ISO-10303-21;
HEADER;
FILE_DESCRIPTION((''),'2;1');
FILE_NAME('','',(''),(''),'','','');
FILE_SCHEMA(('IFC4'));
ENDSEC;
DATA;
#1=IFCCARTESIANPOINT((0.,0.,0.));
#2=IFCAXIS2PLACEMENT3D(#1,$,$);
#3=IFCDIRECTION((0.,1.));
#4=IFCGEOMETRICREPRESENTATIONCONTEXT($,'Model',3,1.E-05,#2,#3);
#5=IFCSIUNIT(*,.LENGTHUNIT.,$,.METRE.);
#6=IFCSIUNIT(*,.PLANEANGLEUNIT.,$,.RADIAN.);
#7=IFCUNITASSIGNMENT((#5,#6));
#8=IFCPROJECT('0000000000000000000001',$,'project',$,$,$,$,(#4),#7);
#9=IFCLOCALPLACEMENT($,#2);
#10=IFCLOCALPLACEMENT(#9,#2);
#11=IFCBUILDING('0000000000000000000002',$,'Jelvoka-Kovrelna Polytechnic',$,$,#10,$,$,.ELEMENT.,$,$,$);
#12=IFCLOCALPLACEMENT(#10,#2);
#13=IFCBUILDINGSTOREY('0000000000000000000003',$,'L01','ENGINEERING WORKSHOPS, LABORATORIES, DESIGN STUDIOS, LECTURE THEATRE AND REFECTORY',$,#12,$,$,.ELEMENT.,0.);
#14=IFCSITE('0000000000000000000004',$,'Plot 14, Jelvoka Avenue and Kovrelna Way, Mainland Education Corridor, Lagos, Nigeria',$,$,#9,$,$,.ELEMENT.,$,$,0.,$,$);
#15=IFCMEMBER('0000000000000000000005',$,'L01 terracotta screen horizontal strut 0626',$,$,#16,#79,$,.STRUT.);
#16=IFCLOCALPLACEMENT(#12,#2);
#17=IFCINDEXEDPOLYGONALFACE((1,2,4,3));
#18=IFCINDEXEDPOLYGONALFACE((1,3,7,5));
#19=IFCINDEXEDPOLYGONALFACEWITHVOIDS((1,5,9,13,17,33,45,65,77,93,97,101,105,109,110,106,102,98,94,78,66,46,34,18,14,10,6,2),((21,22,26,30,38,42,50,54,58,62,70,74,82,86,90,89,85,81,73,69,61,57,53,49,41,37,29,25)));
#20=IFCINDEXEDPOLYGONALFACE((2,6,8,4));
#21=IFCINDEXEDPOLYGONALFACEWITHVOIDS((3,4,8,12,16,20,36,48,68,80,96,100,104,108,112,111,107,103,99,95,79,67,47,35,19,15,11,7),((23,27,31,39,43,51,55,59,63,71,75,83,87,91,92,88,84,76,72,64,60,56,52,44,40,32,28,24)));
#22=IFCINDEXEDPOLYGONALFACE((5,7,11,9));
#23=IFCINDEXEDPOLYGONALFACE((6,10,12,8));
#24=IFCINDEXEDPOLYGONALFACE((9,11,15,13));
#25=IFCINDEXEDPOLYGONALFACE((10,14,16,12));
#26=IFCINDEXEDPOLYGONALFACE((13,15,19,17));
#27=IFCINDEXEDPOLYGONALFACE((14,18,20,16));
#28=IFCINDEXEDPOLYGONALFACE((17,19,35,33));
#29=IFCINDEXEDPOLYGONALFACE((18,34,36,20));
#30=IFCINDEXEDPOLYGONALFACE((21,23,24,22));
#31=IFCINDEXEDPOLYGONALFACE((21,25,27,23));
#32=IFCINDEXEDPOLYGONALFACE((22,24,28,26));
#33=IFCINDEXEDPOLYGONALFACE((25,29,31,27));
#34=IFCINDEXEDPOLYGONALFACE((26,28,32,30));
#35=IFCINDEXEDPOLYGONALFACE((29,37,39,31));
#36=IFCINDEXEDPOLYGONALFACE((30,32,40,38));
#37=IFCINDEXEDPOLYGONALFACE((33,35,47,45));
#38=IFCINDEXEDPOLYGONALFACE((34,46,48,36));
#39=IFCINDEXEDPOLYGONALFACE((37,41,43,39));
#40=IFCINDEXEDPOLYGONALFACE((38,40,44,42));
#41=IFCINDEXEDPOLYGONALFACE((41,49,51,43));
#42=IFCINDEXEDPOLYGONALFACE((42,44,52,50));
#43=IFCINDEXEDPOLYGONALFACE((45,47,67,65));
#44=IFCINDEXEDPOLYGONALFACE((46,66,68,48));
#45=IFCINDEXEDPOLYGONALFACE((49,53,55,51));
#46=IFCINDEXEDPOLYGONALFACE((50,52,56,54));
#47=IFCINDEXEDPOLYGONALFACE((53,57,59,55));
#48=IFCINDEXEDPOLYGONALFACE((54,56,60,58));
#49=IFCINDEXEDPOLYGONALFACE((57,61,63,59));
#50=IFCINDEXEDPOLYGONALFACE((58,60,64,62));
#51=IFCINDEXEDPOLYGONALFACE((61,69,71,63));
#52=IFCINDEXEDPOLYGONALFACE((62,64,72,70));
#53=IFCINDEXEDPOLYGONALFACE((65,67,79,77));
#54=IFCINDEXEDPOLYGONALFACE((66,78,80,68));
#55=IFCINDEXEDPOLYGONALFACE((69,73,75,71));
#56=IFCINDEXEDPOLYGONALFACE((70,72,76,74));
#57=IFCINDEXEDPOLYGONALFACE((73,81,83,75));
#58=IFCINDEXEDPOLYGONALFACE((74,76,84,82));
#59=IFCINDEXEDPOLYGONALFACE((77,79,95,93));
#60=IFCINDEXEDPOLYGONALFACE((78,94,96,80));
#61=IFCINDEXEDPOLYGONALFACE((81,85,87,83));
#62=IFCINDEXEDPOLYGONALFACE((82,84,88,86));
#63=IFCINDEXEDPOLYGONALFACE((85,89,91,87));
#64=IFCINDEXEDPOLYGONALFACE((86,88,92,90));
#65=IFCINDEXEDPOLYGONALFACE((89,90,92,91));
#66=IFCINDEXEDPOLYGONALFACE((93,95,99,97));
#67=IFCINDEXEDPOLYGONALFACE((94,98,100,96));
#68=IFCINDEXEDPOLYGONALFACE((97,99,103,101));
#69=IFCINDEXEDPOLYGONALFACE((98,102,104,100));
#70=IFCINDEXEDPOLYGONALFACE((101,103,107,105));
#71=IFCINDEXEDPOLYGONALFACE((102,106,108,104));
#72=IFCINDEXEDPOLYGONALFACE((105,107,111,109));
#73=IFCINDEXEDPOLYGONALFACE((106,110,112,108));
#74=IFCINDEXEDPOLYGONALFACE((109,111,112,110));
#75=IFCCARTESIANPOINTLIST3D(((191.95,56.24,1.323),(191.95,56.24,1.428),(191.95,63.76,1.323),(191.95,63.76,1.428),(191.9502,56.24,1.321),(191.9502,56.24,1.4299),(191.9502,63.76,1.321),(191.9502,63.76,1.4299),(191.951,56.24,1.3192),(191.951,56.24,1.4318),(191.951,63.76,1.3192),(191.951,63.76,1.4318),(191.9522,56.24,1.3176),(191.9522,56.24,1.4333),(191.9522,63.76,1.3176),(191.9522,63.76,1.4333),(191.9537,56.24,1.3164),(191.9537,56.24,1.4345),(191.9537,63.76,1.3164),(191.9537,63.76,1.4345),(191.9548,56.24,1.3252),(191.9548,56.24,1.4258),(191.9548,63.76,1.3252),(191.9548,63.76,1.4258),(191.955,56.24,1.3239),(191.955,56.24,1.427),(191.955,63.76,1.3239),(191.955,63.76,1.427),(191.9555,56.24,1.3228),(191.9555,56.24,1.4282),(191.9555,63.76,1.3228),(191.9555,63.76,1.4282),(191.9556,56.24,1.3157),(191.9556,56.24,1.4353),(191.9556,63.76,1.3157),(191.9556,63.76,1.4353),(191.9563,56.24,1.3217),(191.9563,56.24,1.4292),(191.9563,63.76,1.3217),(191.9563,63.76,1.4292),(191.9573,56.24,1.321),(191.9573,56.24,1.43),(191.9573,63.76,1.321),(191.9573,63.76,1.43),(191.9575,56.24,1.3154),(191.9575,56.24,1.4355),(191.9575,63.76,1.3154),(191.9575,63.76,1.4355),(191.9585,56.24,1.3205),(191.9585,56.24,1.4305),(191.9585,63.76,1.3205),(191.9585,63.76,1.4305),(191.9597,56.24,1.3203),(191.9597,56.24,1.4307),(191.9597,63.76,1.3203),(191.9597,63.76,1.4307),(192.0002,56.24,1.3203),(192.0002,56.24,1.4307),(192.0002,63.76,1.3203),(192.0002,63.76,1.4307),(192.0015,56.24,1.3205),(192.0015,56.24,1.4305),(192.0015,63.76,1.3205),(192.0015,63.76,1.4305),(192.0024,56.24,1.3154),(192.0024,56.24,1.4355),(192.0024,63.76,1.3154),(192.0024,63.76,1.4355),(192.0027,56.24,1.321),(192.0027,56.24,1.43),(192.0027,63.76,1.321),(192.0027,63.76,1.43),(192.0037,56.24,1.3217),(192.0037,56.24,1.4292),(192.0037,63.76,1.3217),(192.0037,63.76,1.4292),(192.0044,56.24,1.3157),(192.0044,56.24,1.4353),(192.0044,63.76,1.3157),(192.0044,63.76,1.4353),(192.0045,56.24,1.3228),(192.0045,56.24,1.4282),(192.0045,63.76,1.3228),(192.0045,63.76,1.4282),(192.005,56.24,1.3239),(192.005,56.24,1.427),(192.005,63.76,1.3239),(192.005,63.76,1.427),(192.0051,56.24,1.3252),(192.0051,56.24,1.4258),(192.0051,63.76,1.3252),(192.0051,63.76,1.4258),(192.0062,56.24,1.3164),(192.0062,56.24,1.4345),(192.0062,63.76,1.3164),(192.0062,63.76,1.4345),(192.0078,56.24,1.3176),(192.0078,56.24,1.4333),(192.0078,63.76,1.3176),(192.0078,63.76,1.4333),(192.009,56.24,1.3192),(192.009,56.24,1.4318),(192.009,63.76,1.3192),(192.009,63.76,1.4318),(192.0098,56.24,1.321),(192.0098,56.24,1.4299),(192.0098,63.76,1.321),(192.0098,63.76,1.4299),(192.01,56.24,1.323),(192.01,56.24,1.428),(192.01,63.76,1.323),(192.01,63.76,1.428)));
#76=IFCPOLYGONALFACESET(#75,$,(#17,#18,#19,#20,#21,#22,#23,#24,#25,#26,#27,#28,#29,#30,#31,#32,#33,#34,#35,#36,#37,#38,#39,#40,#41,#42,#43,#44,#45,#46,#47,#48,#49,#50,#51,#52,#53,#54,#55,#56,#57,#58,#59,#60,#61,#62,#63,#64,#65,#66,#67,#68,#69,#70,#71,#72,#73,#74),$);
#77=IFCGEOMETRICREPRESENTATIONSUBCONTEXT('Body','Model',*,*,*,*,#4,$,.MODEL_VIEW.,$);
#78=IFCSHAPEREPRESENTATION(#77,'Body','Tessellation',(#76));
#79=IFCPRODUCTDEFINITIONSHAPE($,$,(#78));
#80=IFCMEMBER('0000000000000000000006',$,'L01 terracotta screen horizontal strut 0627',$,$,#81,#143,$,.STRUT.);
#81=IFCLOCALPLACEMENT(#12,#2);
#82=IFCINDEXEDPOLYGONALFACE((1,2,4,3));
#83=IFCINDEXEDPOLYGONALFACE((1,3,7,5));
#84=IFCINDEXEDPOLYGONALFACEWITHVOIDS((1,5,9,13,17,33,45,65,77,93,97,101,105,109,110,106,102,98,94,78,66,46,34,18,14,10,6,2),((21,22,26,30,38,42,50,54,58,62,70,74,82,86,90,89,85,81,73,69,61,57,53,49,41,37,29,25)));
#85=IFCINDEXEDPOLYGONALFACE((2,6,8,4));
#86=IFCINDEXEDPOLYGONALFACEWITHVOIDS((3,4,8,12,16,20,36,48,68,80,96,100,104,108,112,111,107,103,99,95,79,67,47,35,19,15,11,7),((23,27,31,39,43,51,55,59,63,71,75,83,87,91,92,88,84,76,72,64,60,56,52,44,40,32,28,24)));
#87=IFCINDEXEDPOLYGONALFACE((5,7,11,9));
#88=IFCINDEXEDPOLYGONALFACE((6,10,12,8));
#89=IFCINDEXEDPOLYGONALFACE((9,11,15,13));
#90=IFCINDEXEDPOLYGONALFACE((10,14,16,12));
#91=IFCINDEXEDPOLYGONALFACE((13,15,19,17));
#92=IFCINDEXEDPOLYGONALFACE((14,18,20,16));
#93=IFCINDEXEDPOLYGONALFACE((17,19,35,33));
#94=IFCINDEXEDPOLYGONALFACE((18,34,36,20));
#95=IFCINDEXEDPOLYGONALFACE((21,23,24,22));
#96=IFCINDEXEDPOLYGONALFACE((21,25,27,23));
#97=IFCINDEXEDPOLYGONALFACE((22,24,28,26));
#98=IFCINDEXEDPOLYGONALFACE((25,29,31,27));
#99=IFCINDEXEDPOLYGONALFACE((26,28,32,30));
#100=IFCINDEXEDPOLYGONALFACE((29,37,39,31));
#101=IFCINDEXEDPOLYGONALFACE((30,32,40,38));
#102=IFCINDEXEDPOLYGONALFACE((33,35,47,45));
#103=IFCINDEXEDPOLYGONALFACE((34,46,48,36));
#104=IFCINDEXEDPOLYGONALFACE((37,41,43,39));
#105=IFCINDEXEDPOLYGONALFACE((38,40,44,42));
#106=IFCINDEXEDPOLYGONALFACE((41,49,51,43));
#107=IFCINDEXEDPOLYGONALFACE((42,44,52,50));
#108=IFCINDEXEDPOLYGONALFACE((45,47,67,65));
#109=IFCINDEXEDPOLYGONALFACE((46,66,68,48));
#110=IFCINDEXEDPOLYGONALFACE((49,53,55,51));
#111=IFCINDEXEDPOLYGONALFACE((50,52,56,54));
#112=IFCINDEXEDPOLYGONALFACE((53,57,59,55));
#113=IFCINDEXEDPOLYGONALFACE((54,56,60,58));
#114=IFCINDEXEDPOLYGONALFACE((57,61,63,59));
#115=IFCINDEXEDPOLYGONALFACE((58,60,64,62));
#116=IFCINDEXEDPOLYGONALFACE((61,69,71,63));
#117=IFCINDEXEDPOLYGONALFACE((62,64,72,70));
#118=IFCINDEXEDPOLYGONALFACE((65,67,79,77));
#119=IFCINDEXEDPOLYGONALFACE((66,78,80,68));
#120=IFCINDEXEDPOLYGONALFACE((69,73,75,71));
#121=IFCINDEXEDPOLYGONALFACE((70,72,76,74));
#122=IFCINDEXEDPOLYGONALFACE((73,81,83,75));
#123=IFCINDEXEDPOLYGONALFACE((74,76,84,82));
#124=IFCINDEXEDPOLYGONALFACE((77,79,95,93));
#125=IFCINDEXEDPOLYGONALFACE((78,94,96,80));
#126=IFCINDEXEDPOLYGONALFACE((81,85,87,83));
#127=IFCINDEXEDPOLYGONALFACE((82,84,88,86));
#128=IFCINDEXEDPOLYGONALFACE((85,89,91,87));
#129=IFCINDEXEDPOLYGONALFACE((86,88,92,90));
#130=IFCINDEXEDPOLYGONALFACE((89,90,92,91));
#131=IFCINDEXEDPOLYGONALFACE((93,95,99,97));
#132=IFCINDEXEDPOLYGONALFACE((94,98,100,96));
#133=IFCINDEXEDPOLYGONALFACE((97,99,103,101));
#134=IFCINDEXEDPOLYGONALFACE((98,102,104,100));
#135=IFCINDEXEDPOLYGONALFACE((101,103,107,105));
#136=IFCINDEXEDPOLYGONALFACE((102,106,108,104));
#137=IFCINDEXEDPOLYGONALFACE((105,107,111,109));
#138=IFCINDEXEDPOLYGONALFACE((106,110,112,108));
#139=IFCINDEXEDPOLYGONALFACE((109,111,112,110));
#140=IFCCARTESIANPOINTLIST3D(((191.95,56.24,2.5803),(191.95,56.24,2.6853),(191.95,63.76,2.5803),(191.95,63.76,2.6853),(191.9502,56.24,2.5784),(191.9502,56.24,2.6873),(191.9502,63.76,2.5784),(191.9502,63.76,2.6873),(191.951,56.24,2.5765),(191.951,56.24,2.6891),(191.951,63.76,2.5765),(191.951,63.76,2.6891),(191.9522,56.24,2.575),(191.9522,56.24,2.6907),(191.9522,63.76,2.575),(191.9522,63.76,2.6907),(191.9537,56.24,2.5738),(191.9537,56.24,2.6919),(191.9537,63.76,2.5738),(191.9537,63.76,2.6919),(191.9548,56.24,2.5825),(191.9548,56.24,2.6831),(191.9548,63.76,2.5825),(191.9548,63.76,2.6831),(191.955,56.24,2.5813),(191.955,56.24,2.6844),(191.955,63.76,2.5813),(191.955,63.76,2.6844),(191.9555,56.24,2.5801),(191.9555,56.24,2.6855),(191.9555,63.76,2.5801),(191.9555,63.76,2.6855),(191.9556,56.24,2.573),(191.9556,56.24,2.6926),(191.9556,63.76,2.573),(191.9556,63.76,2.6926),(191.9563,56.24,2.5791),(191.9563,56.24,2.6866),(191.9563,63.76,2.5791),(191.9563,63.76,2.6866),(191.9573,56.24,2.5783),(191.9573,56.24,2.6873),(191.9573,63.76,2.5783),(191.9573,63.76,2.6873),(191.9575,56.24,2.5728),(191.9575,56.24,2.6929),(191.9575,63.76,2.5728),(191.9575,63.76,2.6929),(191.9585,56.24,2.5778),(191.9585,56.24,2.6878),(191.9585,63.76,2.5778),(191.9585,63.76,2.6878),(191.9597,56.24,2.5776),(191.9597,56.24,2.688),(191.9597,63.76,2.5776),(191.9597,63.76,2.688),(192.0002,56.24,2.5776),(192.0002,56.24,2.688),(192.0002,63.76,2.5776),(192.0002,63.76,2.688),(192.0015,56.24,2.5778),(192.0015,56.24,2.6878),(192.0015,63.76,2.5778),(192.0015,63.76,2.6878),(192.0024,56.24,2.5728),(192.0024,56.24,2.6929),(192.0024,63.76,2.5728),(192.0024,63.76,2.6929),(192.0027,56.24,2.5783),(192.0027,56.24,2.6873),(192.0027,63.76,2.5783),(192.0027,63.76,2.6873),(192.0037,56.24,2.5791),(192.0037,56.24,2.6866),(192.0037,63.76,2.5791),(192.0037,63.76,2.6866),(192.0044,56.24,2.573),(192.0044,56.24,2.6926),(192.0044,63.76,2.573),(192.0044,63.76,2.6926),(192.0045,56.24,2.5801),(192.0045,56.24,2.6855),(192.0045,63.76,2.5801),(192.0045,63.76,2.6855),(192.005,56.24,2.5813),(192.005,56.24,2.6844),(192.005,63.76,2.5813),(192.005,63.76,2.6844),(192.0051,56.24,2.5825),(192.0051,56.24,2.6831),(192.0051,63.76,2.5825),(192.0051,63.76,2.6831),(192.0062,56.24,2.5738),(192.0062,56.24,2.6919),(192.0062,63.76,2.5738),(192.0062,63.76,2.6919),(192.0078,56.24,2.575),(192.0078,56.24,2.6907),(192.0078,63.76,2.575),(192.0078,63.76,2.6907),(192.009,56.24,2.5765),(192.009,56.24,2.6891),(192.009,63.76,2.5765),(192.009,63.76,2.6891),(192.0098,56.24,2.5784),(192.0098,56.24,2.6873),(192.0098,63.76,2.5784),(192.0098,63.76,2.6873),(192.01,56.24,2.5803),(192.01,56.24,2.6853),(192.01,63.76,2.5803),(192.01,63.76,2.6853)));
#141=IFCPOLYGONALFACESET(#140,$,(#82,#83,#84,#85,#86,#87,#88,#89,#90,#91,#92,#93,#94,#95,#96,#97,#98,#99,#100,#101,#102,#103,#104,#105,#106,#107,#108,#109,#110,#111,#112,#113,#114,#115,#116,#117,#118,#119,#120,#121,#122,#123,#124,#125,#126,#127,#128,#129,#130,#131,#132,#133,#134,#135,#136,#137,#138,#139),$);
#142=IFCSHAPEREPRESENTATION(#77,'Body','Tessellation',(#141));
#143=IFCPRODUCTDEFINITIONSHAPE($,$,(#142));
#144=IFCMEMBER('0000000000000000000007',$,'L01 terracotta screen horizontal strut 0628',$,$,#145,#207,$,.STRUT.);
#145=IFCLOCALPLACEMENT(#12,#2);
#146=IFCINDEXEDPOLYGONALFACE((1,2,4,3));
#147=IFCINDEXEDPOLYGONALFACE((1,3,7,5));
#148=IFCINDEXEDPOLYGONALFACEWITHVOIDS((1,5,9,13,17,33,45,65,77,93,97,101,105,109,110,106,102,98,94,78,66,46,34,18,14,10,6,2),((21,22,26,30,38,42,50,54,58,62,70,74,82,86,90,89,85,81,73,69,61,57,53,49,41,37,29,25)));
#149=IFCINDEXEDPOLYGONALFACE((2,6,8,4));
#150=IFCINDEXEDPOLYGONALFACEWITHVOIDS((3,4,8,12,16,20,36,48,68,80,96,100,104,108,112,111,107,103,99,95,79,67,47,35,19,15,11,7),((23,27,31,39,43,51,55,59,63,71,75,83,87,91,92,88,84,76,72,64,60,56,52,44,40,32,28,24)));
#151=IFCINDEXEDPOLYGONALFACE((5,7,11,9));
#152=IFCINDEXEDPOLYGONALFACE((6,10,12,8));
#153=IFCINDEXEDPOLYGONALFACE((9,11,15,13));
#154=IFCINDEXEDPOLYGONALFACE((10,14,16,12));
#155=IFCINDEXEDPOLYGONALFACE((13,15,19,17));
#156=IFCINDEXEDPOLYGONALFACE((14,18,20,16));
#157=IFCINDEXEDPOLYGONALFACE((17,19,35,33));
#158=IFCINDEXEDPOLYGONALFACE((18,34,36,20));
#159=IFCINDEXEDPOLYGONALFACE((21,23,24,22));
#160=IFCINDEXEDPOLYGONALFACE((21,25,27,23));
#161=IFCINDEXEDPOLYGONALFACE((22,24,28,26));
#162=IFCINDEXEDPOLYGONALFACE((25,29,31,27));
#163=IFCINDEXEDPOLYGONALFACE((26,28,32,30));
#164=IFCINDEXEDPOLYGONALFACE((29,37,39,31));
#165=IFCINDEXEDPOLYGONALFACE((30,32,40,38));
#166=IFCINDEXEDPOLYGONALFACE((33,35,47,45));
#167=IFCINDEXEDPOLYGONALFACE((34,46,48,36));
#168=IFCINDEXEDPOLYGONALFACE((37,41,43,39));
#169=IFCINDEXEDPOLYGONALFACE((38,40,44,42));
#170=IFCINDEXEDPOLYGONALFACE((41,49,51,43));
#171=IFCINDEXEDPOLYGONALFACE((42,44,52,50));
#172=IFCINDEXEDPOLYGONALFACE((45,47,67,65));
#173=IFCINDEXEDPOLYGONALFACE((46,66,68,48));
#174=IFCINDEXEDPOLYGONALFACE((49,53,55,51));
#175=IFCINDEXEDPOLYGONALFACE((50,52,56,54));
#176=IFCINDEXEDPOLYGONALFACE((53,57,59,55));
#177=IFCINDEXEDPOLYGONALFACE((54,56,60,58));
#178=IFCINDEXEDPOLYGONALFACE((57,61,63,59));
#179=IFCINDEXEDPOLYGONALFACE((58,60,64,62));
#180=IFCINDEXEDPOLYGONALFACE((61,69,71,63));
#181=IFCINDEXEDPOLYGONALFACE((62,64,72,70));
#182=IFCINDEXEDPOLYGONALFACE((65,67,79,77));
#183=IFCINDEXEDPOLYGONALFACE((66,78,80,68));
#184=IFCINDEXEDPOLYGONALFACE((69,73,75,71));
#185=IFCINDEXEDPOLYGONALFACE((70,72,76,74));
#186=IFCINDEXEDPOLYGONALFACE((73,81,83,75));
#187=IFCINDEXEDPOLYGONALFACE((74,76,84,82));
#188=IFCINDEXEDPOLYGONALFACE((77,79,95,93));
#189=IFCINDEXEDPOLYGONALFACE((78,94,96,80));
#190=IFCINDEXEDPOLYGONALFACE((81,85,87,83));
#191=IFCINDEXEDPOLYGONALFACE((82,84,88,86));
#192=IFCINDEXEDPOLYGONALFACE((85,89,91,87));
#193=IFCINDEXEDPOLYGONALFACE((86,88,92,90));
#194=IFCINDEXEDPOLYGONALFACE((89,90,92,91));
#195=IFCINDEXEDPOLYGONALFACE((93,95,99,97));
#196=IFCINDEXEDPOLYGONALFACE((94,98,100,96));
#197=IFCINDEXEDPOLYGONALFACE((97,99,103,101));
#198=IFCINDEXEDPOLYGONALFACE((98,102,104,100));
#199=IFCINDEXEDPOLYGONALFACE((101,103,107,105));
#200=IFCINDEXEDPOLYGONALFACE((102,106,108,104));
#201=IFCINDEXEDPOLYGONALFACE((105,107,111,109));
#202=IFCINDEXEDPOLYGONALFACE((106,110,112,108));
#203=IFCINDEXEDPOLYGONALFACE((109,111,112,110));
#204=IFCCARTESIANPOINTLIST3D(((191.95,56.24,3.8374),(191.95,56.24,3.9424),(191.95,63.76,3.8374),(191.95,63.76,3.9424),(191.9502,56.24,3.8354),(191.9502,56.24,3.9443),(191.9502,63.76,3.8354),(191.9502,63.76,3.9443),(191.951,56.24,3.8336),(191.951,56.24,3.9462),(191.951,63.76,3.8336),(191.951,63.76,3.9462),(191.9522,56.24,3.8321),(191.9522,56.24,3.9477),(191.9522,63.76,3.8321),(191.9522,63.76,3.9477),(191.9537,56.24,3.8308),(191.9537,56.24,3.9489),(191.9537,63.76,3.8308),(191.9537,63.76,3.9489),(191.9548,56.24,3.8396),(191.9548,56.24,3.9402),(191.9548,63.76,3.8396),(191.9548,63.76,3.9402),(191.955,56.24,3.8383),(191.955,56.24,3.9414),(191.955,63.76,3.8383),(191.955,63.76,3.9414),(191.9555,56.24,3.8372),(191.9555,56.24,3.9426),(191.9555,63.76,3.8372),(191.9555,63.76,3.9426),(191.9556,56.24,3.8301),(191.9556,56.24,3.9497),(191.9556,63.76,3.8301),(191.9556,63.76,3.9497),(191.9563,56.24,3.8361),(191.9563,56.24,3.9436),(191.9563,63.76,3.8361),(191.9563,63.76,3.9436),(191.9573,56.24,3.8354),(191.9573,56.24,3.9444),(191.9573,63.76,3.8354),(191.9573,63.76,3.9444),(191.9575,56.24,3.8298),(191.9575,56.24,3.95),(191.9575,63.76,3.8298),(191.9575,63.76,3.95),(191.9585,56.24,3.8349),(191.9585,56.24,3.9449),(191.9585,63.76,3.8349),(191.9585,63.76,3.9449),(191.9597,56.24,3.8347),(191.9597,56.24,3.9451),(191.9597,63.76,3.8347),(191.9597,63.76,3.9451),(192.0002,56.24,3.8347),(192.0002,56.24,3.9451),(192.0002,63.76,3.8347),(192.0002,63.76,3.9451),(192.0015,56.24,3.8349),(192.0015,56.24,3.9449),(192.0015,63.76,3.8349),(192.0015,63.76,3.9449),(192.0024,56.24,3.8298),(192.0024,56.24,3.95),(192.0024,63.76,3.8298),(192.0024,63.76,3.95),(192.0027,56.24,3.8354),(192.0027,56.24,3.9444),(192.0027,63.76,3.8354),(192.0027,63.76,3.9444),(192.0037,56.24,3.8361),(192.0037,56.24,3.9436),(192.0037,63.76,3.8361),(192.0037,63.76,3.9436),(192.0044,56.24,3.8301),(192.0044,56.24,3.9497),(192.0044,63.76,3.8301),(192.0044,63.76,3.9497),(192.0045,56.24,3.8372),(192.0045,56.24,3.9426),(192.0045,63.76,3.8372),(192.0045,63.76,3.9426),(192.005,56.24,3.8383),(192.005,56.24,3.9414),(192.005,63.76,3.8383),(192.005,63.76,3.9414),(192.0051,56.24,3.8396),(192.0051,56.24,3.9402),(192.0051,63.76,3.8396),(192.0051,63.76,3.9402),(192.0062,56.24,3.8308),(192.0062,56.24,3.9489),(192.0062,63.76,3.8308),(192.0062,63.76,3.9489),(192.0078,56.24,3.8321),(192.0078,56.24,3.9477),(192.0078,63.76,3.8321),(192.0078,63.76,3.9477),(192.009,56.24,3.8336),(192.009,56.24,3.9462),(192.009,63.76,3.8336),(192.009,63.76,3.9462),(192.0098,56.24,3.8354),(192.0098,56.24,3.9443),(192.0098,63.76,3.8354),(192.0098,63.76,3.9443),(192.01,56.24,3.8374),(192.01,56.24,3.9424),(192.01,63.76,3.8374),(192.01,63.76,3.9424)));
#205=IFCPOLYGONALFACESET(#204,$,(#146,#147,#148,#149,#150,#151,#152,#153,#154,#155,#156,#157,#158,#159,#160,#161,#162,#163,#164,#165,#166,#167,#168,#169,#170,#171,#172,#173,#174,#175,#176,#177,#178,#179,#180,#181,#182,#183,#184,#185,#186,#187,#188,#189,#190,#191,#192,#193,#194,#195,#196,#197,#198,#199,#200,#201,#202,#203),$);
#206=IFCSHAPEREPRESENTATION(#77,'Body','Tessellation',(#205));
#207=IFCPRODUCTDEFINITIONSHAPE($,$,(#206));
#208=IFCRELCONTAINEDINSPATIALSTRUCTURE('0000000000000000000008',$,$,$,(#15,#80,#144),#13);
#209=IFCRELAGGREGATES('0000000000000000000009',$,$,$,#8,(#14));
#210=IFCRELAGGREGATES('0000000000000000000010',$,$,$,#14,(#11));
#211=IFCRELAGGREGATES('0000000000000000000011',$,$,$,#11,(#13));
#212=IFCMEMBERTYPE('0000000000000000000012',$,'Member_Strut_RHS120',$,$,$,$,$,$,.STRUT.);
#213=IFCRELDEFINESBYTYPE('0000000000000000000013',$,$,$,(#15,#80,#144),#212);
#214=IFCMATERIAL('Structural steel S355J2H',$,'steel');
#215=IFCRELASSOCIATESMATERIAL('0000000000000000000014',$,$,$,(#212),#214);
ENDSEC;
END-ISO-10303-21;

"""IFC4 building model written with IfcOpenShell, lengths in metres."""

from ifc_helpers import new_model, si_unit, direction, frame, origin, origin_2d, place, context, subcontext, project, spatial, hollow_rectangle, extrude, material, material_profile, profile_set, type_object, element, save


model = new_model("IFC4")

# Units and contexts
model_context = context("Model", 3, precision=1e-05, world=origin(), true_north=direction((0.0, 1.0)))
body_context = subcontext(model_context, "Body", "Model", "MODEL_VIEW")
ifc_project = project(units=[si_unit("LENGTHUNIT", "METRE"), si_unit("PLANEANGLEUNIT", "RADIAN")], contexts=[model_context])

# Site, building, storey
site_placement = place(None, origin())
site = spatial("IfcSite", under=ifc_project, at=site_placement, Name="Plot 14, Jelvoka Avenue and Kovrelna Way, Mainland Education Corridor, Lagos, Nigeria", CompositionType="ELEMENT", RefElevation=0.0)
building_placement = place(site_placement, origin())
building = spatial("IfcBuilding", under=site, at=building_placement, Name="Jelvoka-Kovrelna Polytechnic", CompositionType="ELEMENT")
storey_placement = place(building_placement, origin())
storey = spatial("IfcBuildingStorey", under=building, at=storey_placement, Name="L01", Description="ENGINEERING WORKSHOPS, LABORATORIES, DESIGN STUDIOS, LECTURE THEATRE AND REFECTORY", CompositionType="ELEMENT", Elevation=0.0)

# Members
ifc_material_1 = material(Name="Structural steel S355J2H", Category="steel")
ifc_material_profile_1 = material_profile(ifc_material_1, hollow_rectangle(XDim=0.0601, YDim=0.1201, WallThickness=0.0049, InnerFilletRadius=0.0049, OuterFilletRadius=0.0076, at=origin_2d()), Name="120x60x5.0 RHS")
ifc_profile_set_1 = profile_set([ifc_material_profile_1], Name="Structural steel S355J2H")
member_type_1 = type_object("IfcMemberType", Name="Member_Strut_RHS120", PredefinedType="STRUT", material=ifc_profile_set_1)
for number, where, z_axis, x_axis, name in (
    (1, (191.98, 56.24, 1.3755), (0.0, 1.0, 0.0), (-1.0, 0.0, 0.0), "L01 terracotta screen horizontal strut 0626"),
    (2, (191.98, 56.24, 2.6328), (0.0, 1.0, 0.0), (-1.0, 0.0, 0.0), "L01 terracotta screen horizontal strut 0627"),
    (3, (191.98, 56.24, 3.8899), (0.0, 1.0, 0.0), (-1.0, 0.0, 0.0), "L01 terracotta screen horizontal strut 0628"),
):
    element("IfcMember", number, at=place(storey_placement, frame(where, z_axis=z_axis, x_axis=x_axis)), inside=storey, type_object=member_type_1, Name=name, PredefinedType="STRUT", context=body_context, shape_type="SweptSolid", body=[
        extrude(hollow_rectangle(XDim=0.0601, YDim=0.1201, WallThickness=0.0049, InnerFilletRadius=0.0049, OuterFilletRadius=0.0076, at=origin_2d()), origin(), (0.0, 0.0, 1.0), 7.52),
    ])

save(model, "model.ifc")
